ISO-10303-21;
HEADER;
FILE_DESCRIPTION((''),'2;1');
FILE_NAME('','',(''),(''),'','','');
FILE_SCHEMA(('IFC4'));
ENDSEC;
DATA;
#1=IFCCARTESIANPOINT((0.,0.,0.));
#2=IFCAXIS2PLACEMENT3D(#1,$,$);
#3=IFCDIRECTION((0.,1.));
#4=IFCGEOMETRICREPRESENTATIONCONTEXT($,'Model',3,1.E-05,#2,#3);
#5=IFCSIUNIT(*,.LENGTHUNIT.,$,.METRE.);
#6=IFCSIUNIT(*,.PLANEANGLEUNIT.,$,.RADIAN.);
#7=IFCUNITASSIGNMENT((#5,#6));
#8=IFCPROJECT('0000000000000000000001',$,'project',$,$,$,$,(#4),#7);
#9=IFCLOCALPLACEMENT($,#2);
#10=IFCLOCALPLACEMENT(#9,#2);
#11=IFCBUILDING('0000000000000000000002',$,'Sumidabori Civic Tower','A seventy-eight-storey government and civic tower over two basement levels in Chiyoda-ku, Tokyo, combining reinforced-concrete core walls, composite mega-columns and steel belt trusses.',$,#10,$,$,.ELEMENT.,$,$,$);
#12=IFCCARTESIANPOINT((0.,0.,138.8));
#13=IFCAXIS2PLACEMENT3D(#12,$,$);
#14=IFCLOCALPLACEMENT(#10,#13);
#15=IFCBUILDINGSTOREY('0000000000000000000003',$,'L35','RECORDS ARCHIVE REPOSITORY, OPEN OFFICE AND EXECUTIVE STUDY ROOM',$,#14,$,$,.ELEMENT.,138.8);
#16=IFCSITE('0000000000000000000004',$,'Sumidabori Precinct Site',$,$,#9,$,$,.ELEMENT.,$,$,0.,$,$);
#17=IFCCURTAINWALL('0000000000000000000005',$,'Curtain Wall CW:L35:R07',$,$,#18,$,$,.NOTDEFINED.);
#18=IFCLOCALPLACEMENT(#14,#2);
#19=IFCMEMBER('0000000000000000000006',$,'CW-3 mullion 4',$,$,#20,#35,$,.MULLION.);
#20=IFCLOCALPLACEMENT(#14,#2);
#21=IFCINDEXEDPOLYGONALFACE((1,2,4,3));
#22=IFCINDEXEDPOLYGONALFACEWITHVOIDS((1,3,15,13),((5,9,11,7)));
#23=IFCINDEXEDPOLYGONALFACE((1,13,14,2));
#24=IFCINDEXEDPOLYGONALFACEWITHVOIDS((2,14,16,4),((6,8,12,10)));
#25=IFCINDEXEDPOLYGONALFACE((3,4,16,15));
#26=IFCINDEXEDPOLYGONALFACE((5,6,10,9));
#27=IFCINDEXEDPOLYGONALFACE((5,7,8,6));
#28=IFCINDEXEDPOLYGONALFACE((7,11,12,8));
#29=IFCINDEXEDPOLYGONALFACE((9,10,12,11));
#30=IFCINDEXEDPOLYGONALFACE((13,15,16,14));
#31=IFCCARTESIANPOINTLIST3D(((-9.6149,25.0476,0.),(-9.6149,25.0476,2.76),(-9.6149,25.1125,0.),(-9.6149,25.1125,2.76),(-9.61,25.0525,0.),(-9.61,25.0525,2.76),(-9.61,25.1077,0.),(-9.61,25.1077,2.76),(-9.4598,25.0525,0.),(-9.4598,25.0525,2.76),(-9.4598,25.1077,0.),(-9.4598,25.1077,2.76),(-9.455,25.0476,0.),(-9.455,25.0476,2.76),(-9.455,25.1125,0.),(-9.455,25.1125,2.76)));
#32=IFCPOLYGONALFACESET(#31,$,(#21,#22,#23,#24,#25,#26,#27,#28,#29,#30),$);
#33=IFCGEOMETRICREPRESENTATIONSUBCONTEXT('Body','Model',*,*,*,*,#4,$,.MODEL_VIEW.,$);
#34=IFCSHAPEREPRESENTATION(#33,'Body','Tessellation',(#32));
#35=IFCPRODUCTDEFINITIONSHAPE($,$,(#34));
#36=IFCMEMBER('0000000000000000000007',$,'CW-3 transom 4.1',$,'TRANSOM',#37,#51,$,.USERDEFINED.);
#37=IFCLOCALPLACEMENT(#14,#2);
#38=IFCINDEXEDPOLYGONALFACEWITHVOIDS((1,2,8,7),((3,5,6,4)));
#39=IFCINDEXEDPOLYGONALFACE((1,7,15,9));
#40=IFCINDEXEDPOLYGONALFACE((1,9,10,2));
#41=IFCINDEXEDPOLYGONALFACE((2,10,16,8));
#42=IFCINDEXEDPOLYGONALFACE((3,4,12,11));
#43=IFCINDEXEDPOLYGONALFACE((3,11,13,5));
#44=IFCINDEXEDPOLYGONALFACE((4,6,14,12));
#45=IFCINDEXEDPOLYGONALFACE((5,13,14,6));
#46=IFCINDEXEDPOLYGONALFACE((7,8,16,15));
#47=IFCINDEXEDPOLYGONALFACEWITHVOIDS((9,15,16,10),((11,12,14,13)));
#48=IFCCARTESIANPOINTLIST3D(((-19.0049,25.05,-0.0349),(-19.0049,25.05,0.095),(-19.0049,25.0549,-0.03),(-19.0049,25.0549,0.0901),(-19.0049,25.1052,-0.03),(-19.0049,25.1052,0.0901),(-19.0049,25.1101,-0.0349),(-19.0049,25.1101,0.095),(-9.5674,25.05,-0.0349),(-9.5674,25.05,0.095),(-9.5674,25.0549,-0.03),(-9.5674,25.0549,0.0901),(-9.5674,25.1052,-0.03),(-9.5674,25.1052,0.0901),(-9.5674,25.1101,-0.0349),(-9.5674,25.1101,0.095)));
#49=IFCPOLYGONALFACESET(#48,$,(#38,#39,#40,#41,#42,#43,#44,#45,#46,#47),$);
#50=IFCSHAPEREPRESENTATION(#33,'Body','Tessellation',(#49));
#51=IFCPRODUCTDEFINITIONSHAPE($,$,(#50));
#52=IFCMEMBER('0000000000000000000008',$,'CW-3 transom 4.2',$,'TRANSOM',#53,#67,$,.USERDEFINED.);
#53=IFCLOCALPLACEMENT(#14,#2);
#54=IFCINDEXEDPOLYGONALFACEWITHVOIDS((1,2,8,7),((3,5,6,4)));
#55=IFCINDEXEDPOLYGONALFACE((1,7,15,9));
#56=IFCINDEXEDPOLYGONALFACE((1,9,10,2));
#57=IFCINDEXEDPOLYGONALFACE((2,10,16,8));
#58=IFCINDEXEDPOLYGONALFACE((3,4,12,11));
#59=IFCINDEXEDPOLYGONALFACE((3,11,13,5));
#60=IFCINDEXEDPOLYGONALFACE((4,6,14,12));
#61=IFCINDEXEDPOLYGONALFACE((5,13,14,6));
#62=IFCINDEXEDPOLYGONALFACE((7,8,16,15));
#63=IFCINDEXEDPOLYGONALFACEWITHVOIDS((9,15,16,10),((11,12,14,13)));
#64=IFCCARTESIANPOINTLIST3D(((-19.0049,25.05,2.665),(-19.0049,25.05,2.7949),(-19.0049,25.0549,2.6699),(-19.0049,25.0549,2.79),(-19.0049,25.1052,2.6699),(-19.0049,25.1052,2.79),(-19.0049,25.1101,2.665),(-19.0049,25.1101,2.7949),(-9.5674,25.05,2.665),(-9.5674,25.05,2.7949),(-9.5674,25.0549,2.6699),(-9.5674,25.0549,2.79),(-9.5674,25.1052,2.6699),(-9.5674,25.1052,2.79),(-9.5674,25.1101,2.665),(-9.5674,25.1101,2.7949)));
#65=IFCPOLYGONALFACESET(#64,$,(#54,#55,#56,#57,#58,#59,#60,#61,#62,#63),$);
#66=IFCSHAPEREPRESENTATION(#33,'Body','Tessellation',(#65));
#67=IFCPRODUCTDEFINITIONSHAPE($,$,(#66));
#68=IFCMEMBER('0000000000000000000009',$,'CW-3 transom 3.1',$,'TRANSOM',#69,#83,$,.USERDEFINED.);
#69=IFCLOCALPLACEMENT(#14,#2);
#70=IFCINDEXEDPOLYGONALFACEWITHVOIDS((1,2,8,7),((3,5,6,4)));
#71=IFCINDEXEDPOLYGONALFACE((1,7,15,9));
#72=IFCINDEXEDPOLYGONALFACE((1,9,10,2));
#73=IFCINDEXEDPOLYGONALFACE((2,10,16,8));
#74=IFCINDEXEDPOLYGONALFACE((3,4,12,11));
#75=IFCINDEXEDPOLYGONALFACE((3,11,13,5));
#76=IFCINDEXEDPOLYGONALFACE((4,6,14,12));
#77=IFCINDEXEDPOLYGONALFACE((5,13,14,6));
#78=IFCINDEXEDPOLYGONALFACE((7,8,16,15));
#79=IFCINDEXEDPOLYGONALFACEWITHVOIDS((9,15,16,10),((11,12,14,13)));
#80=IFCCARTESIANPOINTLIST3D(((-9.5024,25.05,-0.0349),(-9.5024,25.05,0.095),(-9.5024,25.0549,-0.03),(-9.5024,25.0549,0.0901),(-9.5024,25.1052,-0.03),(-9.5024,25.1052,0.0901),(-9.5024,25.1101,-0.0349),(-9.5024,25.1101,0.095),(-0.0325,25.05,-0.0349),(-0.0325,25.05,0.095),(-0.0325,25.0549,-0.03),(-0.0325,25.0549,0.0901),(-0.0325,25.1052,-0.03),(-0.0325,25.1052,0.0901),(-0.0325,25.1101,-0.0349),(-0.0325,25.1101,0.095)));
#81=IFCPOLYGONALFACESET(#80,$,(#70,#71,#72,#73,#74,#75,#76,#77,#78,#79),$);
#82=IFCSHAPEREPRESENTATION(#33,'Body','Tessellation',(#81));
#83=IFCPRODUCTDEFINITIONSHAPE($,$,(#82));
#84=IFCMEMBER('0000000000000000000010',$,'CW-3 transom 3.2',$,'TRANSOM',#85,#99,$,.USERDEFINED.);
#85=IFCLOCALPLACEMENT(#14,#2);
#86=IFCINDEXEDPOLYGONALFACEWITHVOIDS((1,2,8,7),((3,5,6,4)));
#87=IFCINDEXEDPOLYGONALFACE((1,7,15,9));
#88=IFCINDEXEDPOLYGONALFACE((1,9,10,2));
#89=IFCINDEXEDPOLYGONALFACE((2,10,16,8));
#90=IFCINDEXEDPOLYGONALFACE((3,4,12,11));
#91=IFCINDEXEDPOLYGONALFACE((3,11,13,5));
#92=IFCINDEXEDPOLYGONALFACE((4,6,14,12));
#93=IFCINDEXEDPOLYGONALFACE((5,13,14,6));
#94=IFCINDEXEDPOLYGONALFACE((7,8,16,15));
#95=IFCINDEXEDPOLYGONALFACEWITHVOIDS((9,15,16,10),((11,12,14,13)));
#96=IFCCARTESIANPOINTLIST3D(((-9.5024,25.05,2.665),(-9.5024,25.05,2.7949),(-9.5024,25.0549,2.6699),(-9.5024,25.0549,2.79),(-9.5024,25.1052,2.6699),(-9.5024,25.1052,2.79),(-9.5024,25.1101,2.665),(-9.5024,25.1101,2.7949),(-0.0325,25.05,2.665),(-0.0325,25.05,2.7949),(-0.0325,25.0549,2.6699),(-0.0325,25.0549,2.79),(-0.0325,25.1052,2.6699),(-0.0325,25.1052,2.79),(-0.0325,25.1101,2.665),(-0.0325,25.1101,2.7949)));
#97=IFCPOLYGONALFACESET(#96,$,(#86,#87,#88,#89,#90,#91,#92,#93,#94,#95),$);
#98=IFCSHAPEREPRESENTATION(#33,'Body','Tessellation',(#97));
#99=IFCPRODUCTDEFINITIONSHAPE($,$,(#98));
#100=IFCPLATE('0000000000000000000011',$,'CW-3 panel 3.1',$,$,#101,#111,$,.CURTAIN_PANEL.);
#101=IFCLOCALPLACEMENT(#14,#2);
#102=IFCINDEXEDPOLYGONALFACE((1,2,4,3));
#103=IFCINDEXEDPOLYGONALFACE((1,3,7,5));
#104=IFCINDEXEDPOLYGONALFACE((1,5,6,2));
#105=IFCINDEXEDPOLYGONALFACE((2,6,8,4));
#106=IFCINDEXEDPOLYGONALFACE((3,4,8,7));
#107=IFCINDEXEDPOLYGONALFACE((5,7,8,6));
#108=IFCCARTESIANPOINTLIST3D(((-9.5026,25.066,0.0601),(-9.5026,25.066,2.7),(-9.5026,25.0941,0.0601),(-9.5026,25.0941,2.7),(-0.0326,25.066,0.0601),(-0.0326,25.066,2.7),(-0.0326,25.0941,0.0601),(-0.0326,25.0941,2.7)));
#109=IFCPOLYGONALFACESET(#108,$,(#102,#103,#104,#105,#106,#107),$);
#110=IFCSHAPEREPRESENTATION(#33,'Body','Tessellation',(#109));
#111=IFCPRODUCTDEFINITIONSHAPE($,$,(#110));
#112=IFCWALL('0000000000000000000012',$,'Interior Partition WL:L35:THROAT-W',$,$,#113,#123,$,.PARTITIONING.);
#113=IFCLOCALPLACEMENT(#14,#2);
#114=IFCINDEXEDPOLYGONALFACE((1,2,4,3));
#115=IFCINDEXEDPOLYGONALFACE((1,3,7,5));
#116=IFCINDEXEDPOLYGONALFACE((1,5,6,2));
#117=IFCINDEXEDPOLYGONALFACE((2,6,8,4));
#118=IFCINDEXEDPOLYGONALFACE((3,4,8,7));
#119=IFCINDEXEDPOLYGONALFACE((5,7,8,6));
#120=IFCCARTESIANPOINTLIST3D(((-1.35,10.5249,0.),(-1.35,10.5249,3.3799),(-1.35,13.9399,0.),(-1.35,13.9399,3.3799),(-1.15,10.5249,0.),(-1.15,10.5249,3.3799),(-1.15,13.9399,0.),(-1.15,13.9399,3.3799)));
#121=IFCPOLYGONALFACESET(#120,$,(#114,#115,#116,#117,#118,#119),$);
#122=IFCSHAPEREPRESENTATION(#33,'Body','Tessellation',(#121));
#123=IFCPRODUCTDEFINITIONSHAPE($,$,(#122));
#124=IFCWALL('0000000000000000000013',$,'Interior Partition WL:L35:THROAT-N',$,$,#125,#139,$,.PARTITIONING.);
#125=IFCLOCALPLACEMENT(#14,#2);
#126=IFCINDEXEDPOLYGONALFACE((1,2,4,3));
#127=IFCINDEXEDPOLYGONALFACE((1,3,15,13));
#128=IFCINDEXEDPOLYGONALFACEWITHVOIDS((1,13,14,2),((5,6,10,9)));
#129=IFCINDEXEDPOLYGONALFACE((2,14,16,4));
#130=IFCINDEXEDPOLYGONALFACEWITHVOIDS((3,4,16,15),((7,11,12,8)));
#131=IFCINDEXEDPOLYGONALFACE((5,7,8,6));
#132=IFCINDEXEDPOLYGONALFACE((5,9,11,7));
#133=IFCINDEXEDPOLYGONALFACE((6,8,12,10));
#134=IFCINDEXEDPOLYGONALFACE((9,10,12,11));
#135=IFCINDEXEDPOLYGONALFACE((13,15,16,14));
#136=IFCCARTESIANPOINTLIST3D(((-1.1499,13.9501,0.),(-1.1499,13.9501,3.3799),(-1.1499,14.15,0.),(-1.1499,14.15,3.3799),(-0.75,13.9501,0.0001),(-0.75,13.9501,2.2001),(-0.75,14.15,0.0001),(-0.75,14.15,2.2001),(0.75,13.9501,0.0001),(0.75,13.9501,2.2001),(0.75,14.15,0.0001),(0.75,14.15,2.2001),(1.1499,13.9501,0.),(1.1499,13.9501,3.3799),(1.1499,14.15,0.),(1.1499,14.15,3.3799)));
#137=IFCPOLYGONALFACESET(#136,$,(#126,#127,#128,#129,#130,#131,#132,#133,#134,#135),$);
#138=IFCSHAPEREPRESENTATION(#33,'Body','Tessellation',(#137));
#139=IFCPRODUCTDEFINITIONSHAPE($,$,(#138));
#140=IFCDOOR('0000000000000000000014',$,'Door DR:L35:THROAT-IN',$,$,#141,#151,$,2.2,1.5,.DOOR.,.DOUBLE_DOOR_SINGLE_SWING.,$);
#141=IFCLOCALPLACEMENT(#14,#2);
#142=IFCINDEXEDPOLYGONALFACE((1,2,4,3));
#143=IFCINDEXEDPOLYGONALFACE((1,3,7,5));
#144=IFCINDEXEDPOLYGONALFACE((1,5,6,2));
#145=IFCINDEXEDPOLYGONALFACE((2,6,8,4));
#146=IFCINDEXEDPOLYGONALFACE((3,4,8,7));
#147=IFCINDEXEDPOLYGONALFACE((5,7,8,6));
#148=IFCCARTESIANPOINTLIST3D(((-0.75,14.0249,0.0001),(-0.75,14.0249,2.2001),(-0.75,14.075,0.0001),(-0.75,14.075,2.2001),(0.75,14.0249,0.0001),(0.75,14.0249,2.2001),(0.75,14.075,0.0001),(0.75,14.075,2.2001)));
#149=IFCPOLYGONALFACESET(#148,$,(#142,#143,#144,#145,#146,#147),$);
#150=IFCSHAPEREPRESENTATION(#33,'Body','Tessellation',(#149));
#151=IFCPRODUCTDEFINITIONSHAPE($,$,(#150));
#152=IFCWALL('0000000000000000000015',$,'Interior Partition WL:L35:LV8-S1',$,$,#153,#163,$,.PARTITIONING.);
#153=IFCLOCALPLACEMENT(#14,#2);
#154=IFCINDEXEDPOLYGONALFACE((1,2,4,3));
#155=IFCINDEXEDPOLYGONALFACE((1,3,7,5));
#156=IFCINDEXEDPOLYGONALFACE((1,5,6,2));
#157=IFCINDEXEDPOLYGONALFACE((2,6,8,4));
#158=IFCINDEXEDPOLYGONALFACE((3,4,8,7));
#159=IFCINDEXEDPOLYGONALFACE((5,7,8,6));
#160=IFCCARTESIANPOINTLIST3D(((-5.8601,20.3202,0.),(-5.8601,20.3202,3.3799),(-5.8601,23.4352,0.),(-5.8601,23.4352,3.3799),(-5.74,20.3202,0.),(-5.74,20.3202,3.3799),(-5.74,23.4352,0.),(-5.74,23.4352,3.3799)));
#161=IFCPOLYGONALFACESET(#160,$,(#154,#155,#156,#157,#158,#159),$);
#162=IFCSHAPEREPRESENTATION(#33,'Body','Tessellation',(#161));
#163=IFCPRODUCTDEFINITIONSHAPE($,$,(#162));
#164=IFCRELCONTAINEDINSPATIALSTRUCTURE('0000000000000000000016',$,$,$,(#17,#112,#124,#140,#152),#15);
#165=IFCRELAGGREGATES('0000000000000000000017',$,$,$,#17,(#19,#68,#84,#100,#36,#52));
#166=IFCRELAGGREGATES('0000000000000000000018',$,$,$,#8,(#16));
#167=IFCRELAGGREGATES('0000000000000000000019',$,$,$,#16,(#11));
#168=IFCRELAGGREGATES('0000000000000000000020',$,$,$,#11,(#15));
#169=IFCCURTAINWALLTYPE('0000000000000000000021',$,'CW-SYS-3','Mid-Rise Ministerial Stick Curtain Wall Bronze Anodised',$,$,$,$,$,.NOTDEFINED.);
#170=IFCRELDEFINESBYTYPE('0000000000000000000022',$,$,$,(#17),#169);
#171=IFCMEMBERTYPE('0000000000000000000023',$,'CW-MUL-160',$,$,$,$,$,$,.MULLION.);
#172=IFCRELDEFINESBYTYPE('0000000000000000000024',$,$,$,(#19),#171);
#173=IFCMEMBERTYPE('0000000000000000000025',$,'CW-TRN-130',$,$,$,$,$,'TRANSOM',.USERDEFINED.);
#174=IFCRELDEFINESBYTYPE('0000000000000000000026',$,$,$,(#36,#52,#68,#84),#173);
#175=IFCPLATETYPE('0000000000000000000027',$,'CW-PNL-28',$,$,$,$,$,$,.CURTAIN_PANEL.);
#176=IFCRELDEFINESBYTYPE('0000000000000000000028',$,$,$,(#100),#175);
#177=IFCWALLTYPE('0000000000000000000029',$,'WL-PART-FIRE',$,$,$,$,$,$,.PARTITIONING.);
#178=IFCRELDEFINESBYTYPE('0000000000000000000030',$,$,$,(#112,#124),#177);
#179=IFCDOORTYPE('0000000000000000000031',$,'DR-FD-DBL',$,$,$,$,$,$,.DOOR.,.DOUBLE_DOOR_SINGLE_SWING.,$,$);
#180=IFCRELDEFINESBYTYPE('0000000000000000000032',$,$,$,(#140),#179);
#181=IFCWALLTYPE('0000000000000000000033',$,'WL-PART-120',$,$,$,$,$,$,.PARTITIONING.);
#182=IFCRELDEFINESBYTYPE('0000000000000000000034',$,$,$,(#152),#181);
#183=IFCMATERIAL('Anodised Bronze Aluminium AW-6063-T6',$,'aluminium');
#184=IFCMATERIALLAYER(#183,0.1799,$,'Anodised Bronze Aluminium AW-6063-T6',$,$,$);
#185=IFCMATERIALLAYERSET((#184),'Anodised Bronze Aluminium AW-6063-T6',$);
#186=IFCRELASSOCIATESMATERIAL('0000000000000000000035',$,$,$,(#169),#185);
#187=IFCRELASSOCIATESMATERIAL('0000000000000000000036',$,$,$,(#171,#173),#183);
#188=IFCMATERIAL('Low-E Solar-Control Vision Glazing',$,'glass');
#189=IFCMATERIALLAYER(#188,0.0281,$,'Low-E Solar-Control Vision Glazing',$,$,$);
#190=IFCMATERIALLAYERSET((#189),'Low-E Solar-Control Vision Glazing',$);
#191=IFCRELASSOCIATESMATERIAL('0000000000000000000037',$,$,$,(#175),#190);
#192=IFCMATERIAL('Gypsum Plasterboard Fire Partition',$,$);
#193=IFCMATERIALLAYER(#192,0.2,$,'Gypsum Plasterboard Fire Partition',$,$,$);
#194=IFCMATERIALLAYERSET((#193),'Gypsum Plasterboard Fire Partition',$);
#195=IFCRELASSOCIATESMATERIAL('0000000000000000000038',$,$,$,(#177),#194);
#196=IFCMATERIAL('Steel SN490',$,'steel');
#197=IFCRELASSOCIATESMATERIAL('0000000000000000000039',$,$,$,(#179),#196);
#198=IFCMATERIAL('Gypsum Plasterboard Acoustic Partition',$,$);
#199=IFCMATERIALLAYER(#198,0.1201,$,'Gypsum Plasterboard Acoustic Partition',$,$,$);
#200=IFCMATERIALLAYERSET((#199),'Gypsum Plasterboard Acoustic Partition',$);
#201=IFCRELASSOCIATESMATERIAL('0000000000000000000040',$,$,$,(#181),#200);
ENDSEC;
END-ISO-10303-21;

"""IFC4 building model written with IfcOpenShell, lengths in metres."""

from ifc_helpers import new_model, si_unit, direction, frame, frame_2d, origin, origin_2d, place, context, subcontext, project, spatial, rectangle, hollow_rectangle, extrude, source, transform, mapped, material, layer, layer_set, material_profile, profile_set, type_object, element, fill, aggregate, save


model = new_model("IFC4")

# Units and contexts
model_context = context("Model", 3, precision=1e-05, world=origin(), true_north=direction((0.0, 1.0)))
body_context = subcontext(model_context, "Body", "Model", "MODEL_VIEW")
ifc_project = project(units=[si_unit("LENGTHUNIT", "METRE"), si_unit("PLANEANGLEUNIT", "RADIAN")], contexts=[model_context])

# Site, building, storey
site_placement = place(None, origin())
site = spatial("IfcSite", under=ifc_project, at=site_placement, Name="Sumidabori Precinct Site", CompositionType="ELEMENT", RefElevation=0.0)
building_placement = place(site_placement, origin())
building = spatial("IfcBuilding", under=site, at=building_placement, Name="Sumidabori Civic Tower", Description="A seventy-eight-storey government and civic tower over two basement levels in Chiyoda-ku, Tokyo, combining reinforced-concrete core walls, composite mega-columns and steel belt trusses.", CompositionType="ELEMENT")
storey_placement = place(building_placement, frame((0.0, 0.0, 138.8)))
storey = spatial("IfcBuildingStorey", under=building, at=storey_placement, Name="L35", Description="RECORDS ARCHIVE REPOSITORY, OPEN OFFICE AND EXECUTIVE STUDY ROOM", CompositionType="ELEMENT", Elevation=138.8)

# Curtain wall, members, plate
ifc_material_1 = material(Name="Anodised Bronze Aluminium AW-6063-T6", Category="aluminium")
ifc_layer_1 = layer(ifc_material_1, 0.1799, Name="Anodised Bronze Aluminium AW-6063-T6")
ifc_layer_set_1 = layer_set([ifc_layer_1], Name="Anodised Bronze Aluminium AW-6063-T6")
curtain_wall_type = type_object("IfcCurtainWallType", Name="CW-SYS-3", Description="Mid-Rise Ministerial Stick Curtain Wall Bronze Anodised", PredefinedType="NOTDEFINED", material=ifc_layer_set_1)
curtain_wall_placement = place(storey_placement, origin())
curtain_wall = element("IfcCurtainWall", 1, at=curtain_wall_placement, inside=storey, type_object=curtain_wall_type, Name="Curtain Wall CW:L35:R07", PredefinedType="NOTDEFINED")
ifc_material_profile_1 = material_profile(ifc_material_1, hollow_rectangle(XDim=0.0649, YDim=0.1599, WallThickness=0.0049, at=origin_2d()), Name="ALU MULLION 160x65")
ifc_profile_set_1 = profile_set([ifc_material_profile_1], Name="Anodised Bronze Aluminium AW-6063-T6")
member_type_1 = type_object("IfcMemberType", Name="CW-MUL-160", PredefinedType="MULLION", material=ifc_profile_set_1)
shared_shape_1 = source(origin(), body_context, "Body", "SweptSolid", [
    extrude(hollow_rectangle(XDim=0.0649, YDim=0.1599, WallThickness=0.0049, at=origin_2d()), origin(), (0.0, 0.0, 1.0), 2.76),
])
member_1_placement = place(storey_placement, frame((-9.5349, 25.0801, 0.0), z_axis=(0.0, 0.0, 1.0), x_axis=(0.0, -1.0, 0.0)))
member_1 = element("IfcMember", 2, at=member_1_placement, type_object=member_type_1, Name="CW-3 mullion 4", PredefinedType="MULLION", context=body_context, shape_type="MappedRepresentation", body=[
    mapped(shared_shape_1, transform((0.0, 0.0, 0.0), x_axis=(1.0, 0.0, 0.0), y_axis=(0.0, 1.0, 0.0), z_axis=(0.0, 0.0, 1.0), scale=1.0)),
])
ifc_material_profile_2 = material_profile(ifc_material_1, hollow_rectangle(XDim=0.0601, YDim=0.1299, WallThickness=0.0049, at=origin_2d()), Name="ALU TRANSOM 130x60")
ifc_profile_set_2 = profile_set([ifc_material_profile_2], Name="Anodised Bronze Aluminium AW-6063-T6")
member_type_2 = type_object("IfcMemberType", Name="CW-TRN-130", ElementType="TRANSOM", PredefinedType="USERDEFINED", material=ifc_profile_set_2)
shared_shape_2 = source(origin(), body_context, "Body", "SweptSolid", [
    extrude(hollow_rectangle(XDim=0.0601, YDim=0.1299, WallThickness=0.0049, at=origin_2d()), origin(), (0.0, 0.0, 1.0), 9.4375),
])
member_2_placement = place(storey_placement, frame((-9.5674, 25.0801, 0.03), z_axis=(-1.0, 0.0, 0.0), x_axis=(0.0, -1.0, 0.0)))
member_2 = element("IfcMember", 3, at=member_2_placement, type_object=member_type_2, Name="CW-3 transom 4.1", ObjectType="TRANSOM", PredefinedType="USERDEFINED", context=body_context, shape_type="MappedRepresentation", body=[
    mapped(shared_shape_2, transform((0.0, 0.0, 0.0), x_axis=(1.0, 0.0, 0.0), y_axis=(0.0, 1.0, 0.0), z_axis=(0.0, 0.0, 1.0), scale=1.0)),
])
member_3_placement = place(storey_placement, frame((-9.5674, 25.0801, 2.73), z_axis=(-1.0, 0.0, 0.0), x_axis=(0.0, -1.0, 0.0)))
member_3 = element("IfcMember", 4, at=member_3_placement, type_object=member_type_2, Name="CW-3 transom 4.2", ObjectType="TRANSOM", PredefinedType="USERDEFINED", context=body_context, shape_type="MappedRepresentation", body=[
    mapped(shared_shape_2, transform((0.0, 0.0, 0.0), x_axis=(1.0, 0.0, 0.0), y_axis=(0.0, 1.0, 0.0), z_axis=(0.0, 0.0, 1.0), scale=1.0)),
])
shared_shape_3 = source(origin(), body_context, "Body", "SweptSolid", [
    extrude(hollow_rectangle(XDim=0.0601, YDim=0.1299, WallThickness=0.0049, at=origin_2d()), origin(), (0.0, 0.0, 1.0), 9.47),
])
member_4_placement = place(storey_placement, frame((-0.0325, 25.0801, 0.03), z_axis=(-1.0, 0.0, 0.0), x_axis=(0.0, -1.0, 0.0)))
member_4 = element("IfcMember", 5, at=member_4_placement, type_object=member_type_2, Name="CW-3 transom 3.1", ObjectType="TRANSOM", PredefinedType="USERDEFINED", context=body_context, shape_type="MappedRepresentation", body=[
    mapped(shared_shape_3, transform((0.0, 0.0, 0.0), x_axis=(1.0, 0.0, 0.0), y_axis=(0.0, 1.0, 0.0), z_axis=(0.0, 0.0, 1.0), scale=1.0)),
])
member_5_placement = place(storey_placement, frame((-0.0325, 25.0801, 2.73), z_axis=(-1.0, 0.0, 0.0), x_axis=(0.0, -1.0, 0.0)))
member_5 = element("IfcMember", 6, at=member_5_placement, type_object=member_type_2, Name="CW-3 transom 3.2", ObjectType="TRANSOM", PredefinedType="USERDEFINED", context=body_context, shape_type="MappedRepresentation", body=[
    mapped(shared_shape_3, transform((0.0, 0.0, 0.0), x_axis=(1.0, 0.0, 0.0), y_axis=(0.0, 1.0, 0.0), z_axis=(0.0, 0.0, 1.0), scale=1.0)),
])
ifc_material_2 = material(Name="Low-E Solar-Control Vision Glazing", Category="glass")
ifc_layer_2 = layer(ifc_material_2, 0.0281, Name="Low-E Solar-Control Vision Glazing")
ifc_layer_set_2 = layer_set([ifc_layer_2], Name="Low-E Solar-Control Vision Glazing")
plate_type = type_object("IfcPlateType", Name="CW-PNL-28", PredefinedType="CURTAIN_PANEL", material=ifc_layer_set_2)
shared_shape_4 = source(origin(), body_context, "Body", "SweptSolid", [
    extrude(rectangle(XDim=9.47, YDim=0.0281, at=origin_2d()), origin(), (0.0, 0.0, 1.0), 2.6399),
])
plate_placement = place(storey_placement, frame((-4.7676, 25.0801, 0.0601), z_axis=(0.0, 0.0, 1.0), x_axis=(-1.0, 0.0, 0.0)))
plate = element("IfcPlate", 7, at=plate_placement, type_object=plate_type, Name="CW-3 panel 3.1", PredefinedType="CURTAIN_PANEL", context=body_context, shape_type="MappedRepresentation", body=[
    mapped(shared_shape_4, transform((0.0, 0.0, 0.0), x_axis=(1.0, 0.0, 0.0), y_axis=(0.0, 1.0, 0.0), z_axis=(0.0, 0.0, 1.0), scale=1.0)),
])
aggregate(curtain_wall, [member_1, member_4, member_5, plate, member_2, member_3])

# Shared definitions
ifc_material_3 = material(Name="Gypsum Plasterboard Fire Partition")
ifc_layer_3 = layer(ifc_material_3, 0.2, Name="Gypsum Plasterboard Fire Partition")
ifc_layer_set_3 = layer_set([ifc_layer_3], Name="Gypsum Plasterboard Fire Partition")
wall_type_1 = type_object("IfcWallType", Name="WL-PART-FIRE", PredefinedType="PARTITIONING", material=ifc_layer_set_3)

# Wall
shared_shape_5 = source(origin(), body_context, "Body", "SweptSolid", [
    extrude(rectangle(XDim=3.415, YDim=0.2, at=frame_2d((1.7075, 0.0))), origin(), (0.0, 0.0, 1.0), 3.3799),
])
wall_1_placement = place(storey_placement, frame((-1.25, 10.5249, 0.0), z_axis=(0.0, 0.0, 1.0), x_axis=(0.0, 1.0, 0.0)))
element("IfcWall", 8, at=wall_1_placement, inside=storey, type_object=wall_type_1, Name="Interior Partition WL:L35:THROAT-W", PredefinedType="PARTITIONING", context=body_context, shape_type="MappedRepresentation", body=[
    mapped(shared_shape_5, transform((0.0, 0.0, 0.0), x_axis=(1.0, 0.0, 0.0), y_axis=(0.0, 1.0, 0.0), z_axis=(0.0, 0.0, 1.0), scale=1.0)),
])

# Wall, opening, door
shared_shape_6 = source(origin(), body_context, "Body", "SweptSolid", [
    extrude(rectangle(XDim=2.2998, YDim=0.2, at=frame_2d((1.1499, 0.0))), origin(), (0.0, 0.0, 1.0), 3.3799),
])
wall_2_placement = place(storey_placement, frame((-1.1499, 14.05, 0.0), z_axis=(0.0, 0.0, 1.0), x_axis=(1.0, 0.0, 0.0)))
wall_2 = element("IfcWall", 9, at=wall_2_placement, inside=storey, type_object=wall_type_1, Name="Interior Partition WL:L35:THROAT-N", PredefinedType="PARTITIONING", context=body_context, shape_type="MappedRepresentation", body=[
    mapped(shared_shape_6, transform((0.0, 0.0, 0.0), x_axis=(1.0, 0.0, 0.0), y_axis=(0.0, 1.0, 0.0), z_axis=(0.0, 0.0, 1.0), scale=1.0)),
])
opening_1_placement = place(wall_2_placement, frame((0.3999, 0.0, 0.0)))
opening_1 = element("IfcOpeningElement", 10, at=opening_1_placement, cuts=wall_2, PredefinedType="OPENING", context=body_context, shape_type="SweptSolid", body=[
    extrude(rectangle(XDim=1.5, YDim=2.2, at=frame_2d((0.75, 1.1001))), frame((0.0, 0.1118, 0.0), z_axis=(0.0, -1.0, 0.0), x_axis=(1.0, 0.0, 0.0)), (0.0, 0.0, 1.0), 0.2239),
])
ifc_material_4 = material(Name="Steel SN490", Category="steel")
door_type_1 = type_object("IfcDoorType", Name="DR-FD-DBL", OperationType="DOUBLE_DOOR_SINGLE_SWING", PredefinedType="DOOR", material=ifc_material_4)
shared_shape_7 = source(origin(), body_context, "Body", "SweptSolid", [
    extrude(rectangle(XDim=1.5, YDim=2.2, at=frame_2d((0.75, 1.1001))), frame((0.0, 0.0249, 0.0), z_axis=(0.0, -1.0, 0.0), x_axis=(1.0, 0.0, 0.0)), (0.0, 0.0, 1.0), 0.05),
])
door_1_placement = place(opening_1_placement, origin())
door_1 = element("IfcDoor", 11, at=door_1_placement, inside=storey, type_object=door_type_1, Name="Door DR:L35:THROAT-IN", OperationType="DOUBLE_DOOR_SINGLE_SWING", OverallHeight=2.2, OverallWidth=1.5, PredefinedType="DOOR", context=body_context, shape_type="MappedRepresentation", body=[
    mapped(shared_shape_7, transform((0.0, 0.0, 0.0), x_axis=(1.0, 0.0, 0.0), y_axis=(0.0, 1.0, 0.0), z_axis=(0.0, 0.0, 1.0), scale=1.0)),
])
fill(opening_1, door_1)

# Shared definitions
ifc_material_5 = material(Name="Gypsum Plasterboard Acoustic Partition")

# Wall
ifc_layer_4 = layer(ifc_material_5, 0.1201, Name="Gypsum Plasterboard Acoustic Partition")
ifc_layer_set_4 = layer_set([ifc_layer_4], Name="Gypsum Plasterboard Acoustic Partition")
wall_type_2 = type_object("IfcWallType", Name="WL-PART-120", PredefinedType="PARTITIONING", material=ifc_layer_set_4)
shared_shape_8 = source(origin(), body_context, "Body", "SweptSolid", [
    extrude(rectangle(XDim=3.115, YDim=0.1201, at=frame_2d((1.5576, 0.0))), origin(), (0.0, 0.0, 1.0), 3.3799),
])
for number, where, z_axis, x_axis, name in (
    (12, (-5.8, 20.3201, 0.0), (0.0, 0.0, 1.0), (0.0, 1.0, 0.0), "Interior Partition WL:L35:LV8-S1"),
):
    element("IfcWall", number, at=place(storey_placement, frame(where, z_axis=z_axis, x_axis=x_axis)), inside=storey, type_object=wall_type_2, Name=name, PredefinedType="PARTITIONING", context=body_context, shape_type="MappedRepresentation", body=[
        mapped(shared_shape_8, transform((0.0, 0.0, 0.0), x_axis=(1.0, 0.0, 0.0), y_axis=(0.0, 1.0, 0.0), z_axis=(0.0, 0.0, 1.0), scale=1.0)),
    ])

save(model, "model.ifc")
